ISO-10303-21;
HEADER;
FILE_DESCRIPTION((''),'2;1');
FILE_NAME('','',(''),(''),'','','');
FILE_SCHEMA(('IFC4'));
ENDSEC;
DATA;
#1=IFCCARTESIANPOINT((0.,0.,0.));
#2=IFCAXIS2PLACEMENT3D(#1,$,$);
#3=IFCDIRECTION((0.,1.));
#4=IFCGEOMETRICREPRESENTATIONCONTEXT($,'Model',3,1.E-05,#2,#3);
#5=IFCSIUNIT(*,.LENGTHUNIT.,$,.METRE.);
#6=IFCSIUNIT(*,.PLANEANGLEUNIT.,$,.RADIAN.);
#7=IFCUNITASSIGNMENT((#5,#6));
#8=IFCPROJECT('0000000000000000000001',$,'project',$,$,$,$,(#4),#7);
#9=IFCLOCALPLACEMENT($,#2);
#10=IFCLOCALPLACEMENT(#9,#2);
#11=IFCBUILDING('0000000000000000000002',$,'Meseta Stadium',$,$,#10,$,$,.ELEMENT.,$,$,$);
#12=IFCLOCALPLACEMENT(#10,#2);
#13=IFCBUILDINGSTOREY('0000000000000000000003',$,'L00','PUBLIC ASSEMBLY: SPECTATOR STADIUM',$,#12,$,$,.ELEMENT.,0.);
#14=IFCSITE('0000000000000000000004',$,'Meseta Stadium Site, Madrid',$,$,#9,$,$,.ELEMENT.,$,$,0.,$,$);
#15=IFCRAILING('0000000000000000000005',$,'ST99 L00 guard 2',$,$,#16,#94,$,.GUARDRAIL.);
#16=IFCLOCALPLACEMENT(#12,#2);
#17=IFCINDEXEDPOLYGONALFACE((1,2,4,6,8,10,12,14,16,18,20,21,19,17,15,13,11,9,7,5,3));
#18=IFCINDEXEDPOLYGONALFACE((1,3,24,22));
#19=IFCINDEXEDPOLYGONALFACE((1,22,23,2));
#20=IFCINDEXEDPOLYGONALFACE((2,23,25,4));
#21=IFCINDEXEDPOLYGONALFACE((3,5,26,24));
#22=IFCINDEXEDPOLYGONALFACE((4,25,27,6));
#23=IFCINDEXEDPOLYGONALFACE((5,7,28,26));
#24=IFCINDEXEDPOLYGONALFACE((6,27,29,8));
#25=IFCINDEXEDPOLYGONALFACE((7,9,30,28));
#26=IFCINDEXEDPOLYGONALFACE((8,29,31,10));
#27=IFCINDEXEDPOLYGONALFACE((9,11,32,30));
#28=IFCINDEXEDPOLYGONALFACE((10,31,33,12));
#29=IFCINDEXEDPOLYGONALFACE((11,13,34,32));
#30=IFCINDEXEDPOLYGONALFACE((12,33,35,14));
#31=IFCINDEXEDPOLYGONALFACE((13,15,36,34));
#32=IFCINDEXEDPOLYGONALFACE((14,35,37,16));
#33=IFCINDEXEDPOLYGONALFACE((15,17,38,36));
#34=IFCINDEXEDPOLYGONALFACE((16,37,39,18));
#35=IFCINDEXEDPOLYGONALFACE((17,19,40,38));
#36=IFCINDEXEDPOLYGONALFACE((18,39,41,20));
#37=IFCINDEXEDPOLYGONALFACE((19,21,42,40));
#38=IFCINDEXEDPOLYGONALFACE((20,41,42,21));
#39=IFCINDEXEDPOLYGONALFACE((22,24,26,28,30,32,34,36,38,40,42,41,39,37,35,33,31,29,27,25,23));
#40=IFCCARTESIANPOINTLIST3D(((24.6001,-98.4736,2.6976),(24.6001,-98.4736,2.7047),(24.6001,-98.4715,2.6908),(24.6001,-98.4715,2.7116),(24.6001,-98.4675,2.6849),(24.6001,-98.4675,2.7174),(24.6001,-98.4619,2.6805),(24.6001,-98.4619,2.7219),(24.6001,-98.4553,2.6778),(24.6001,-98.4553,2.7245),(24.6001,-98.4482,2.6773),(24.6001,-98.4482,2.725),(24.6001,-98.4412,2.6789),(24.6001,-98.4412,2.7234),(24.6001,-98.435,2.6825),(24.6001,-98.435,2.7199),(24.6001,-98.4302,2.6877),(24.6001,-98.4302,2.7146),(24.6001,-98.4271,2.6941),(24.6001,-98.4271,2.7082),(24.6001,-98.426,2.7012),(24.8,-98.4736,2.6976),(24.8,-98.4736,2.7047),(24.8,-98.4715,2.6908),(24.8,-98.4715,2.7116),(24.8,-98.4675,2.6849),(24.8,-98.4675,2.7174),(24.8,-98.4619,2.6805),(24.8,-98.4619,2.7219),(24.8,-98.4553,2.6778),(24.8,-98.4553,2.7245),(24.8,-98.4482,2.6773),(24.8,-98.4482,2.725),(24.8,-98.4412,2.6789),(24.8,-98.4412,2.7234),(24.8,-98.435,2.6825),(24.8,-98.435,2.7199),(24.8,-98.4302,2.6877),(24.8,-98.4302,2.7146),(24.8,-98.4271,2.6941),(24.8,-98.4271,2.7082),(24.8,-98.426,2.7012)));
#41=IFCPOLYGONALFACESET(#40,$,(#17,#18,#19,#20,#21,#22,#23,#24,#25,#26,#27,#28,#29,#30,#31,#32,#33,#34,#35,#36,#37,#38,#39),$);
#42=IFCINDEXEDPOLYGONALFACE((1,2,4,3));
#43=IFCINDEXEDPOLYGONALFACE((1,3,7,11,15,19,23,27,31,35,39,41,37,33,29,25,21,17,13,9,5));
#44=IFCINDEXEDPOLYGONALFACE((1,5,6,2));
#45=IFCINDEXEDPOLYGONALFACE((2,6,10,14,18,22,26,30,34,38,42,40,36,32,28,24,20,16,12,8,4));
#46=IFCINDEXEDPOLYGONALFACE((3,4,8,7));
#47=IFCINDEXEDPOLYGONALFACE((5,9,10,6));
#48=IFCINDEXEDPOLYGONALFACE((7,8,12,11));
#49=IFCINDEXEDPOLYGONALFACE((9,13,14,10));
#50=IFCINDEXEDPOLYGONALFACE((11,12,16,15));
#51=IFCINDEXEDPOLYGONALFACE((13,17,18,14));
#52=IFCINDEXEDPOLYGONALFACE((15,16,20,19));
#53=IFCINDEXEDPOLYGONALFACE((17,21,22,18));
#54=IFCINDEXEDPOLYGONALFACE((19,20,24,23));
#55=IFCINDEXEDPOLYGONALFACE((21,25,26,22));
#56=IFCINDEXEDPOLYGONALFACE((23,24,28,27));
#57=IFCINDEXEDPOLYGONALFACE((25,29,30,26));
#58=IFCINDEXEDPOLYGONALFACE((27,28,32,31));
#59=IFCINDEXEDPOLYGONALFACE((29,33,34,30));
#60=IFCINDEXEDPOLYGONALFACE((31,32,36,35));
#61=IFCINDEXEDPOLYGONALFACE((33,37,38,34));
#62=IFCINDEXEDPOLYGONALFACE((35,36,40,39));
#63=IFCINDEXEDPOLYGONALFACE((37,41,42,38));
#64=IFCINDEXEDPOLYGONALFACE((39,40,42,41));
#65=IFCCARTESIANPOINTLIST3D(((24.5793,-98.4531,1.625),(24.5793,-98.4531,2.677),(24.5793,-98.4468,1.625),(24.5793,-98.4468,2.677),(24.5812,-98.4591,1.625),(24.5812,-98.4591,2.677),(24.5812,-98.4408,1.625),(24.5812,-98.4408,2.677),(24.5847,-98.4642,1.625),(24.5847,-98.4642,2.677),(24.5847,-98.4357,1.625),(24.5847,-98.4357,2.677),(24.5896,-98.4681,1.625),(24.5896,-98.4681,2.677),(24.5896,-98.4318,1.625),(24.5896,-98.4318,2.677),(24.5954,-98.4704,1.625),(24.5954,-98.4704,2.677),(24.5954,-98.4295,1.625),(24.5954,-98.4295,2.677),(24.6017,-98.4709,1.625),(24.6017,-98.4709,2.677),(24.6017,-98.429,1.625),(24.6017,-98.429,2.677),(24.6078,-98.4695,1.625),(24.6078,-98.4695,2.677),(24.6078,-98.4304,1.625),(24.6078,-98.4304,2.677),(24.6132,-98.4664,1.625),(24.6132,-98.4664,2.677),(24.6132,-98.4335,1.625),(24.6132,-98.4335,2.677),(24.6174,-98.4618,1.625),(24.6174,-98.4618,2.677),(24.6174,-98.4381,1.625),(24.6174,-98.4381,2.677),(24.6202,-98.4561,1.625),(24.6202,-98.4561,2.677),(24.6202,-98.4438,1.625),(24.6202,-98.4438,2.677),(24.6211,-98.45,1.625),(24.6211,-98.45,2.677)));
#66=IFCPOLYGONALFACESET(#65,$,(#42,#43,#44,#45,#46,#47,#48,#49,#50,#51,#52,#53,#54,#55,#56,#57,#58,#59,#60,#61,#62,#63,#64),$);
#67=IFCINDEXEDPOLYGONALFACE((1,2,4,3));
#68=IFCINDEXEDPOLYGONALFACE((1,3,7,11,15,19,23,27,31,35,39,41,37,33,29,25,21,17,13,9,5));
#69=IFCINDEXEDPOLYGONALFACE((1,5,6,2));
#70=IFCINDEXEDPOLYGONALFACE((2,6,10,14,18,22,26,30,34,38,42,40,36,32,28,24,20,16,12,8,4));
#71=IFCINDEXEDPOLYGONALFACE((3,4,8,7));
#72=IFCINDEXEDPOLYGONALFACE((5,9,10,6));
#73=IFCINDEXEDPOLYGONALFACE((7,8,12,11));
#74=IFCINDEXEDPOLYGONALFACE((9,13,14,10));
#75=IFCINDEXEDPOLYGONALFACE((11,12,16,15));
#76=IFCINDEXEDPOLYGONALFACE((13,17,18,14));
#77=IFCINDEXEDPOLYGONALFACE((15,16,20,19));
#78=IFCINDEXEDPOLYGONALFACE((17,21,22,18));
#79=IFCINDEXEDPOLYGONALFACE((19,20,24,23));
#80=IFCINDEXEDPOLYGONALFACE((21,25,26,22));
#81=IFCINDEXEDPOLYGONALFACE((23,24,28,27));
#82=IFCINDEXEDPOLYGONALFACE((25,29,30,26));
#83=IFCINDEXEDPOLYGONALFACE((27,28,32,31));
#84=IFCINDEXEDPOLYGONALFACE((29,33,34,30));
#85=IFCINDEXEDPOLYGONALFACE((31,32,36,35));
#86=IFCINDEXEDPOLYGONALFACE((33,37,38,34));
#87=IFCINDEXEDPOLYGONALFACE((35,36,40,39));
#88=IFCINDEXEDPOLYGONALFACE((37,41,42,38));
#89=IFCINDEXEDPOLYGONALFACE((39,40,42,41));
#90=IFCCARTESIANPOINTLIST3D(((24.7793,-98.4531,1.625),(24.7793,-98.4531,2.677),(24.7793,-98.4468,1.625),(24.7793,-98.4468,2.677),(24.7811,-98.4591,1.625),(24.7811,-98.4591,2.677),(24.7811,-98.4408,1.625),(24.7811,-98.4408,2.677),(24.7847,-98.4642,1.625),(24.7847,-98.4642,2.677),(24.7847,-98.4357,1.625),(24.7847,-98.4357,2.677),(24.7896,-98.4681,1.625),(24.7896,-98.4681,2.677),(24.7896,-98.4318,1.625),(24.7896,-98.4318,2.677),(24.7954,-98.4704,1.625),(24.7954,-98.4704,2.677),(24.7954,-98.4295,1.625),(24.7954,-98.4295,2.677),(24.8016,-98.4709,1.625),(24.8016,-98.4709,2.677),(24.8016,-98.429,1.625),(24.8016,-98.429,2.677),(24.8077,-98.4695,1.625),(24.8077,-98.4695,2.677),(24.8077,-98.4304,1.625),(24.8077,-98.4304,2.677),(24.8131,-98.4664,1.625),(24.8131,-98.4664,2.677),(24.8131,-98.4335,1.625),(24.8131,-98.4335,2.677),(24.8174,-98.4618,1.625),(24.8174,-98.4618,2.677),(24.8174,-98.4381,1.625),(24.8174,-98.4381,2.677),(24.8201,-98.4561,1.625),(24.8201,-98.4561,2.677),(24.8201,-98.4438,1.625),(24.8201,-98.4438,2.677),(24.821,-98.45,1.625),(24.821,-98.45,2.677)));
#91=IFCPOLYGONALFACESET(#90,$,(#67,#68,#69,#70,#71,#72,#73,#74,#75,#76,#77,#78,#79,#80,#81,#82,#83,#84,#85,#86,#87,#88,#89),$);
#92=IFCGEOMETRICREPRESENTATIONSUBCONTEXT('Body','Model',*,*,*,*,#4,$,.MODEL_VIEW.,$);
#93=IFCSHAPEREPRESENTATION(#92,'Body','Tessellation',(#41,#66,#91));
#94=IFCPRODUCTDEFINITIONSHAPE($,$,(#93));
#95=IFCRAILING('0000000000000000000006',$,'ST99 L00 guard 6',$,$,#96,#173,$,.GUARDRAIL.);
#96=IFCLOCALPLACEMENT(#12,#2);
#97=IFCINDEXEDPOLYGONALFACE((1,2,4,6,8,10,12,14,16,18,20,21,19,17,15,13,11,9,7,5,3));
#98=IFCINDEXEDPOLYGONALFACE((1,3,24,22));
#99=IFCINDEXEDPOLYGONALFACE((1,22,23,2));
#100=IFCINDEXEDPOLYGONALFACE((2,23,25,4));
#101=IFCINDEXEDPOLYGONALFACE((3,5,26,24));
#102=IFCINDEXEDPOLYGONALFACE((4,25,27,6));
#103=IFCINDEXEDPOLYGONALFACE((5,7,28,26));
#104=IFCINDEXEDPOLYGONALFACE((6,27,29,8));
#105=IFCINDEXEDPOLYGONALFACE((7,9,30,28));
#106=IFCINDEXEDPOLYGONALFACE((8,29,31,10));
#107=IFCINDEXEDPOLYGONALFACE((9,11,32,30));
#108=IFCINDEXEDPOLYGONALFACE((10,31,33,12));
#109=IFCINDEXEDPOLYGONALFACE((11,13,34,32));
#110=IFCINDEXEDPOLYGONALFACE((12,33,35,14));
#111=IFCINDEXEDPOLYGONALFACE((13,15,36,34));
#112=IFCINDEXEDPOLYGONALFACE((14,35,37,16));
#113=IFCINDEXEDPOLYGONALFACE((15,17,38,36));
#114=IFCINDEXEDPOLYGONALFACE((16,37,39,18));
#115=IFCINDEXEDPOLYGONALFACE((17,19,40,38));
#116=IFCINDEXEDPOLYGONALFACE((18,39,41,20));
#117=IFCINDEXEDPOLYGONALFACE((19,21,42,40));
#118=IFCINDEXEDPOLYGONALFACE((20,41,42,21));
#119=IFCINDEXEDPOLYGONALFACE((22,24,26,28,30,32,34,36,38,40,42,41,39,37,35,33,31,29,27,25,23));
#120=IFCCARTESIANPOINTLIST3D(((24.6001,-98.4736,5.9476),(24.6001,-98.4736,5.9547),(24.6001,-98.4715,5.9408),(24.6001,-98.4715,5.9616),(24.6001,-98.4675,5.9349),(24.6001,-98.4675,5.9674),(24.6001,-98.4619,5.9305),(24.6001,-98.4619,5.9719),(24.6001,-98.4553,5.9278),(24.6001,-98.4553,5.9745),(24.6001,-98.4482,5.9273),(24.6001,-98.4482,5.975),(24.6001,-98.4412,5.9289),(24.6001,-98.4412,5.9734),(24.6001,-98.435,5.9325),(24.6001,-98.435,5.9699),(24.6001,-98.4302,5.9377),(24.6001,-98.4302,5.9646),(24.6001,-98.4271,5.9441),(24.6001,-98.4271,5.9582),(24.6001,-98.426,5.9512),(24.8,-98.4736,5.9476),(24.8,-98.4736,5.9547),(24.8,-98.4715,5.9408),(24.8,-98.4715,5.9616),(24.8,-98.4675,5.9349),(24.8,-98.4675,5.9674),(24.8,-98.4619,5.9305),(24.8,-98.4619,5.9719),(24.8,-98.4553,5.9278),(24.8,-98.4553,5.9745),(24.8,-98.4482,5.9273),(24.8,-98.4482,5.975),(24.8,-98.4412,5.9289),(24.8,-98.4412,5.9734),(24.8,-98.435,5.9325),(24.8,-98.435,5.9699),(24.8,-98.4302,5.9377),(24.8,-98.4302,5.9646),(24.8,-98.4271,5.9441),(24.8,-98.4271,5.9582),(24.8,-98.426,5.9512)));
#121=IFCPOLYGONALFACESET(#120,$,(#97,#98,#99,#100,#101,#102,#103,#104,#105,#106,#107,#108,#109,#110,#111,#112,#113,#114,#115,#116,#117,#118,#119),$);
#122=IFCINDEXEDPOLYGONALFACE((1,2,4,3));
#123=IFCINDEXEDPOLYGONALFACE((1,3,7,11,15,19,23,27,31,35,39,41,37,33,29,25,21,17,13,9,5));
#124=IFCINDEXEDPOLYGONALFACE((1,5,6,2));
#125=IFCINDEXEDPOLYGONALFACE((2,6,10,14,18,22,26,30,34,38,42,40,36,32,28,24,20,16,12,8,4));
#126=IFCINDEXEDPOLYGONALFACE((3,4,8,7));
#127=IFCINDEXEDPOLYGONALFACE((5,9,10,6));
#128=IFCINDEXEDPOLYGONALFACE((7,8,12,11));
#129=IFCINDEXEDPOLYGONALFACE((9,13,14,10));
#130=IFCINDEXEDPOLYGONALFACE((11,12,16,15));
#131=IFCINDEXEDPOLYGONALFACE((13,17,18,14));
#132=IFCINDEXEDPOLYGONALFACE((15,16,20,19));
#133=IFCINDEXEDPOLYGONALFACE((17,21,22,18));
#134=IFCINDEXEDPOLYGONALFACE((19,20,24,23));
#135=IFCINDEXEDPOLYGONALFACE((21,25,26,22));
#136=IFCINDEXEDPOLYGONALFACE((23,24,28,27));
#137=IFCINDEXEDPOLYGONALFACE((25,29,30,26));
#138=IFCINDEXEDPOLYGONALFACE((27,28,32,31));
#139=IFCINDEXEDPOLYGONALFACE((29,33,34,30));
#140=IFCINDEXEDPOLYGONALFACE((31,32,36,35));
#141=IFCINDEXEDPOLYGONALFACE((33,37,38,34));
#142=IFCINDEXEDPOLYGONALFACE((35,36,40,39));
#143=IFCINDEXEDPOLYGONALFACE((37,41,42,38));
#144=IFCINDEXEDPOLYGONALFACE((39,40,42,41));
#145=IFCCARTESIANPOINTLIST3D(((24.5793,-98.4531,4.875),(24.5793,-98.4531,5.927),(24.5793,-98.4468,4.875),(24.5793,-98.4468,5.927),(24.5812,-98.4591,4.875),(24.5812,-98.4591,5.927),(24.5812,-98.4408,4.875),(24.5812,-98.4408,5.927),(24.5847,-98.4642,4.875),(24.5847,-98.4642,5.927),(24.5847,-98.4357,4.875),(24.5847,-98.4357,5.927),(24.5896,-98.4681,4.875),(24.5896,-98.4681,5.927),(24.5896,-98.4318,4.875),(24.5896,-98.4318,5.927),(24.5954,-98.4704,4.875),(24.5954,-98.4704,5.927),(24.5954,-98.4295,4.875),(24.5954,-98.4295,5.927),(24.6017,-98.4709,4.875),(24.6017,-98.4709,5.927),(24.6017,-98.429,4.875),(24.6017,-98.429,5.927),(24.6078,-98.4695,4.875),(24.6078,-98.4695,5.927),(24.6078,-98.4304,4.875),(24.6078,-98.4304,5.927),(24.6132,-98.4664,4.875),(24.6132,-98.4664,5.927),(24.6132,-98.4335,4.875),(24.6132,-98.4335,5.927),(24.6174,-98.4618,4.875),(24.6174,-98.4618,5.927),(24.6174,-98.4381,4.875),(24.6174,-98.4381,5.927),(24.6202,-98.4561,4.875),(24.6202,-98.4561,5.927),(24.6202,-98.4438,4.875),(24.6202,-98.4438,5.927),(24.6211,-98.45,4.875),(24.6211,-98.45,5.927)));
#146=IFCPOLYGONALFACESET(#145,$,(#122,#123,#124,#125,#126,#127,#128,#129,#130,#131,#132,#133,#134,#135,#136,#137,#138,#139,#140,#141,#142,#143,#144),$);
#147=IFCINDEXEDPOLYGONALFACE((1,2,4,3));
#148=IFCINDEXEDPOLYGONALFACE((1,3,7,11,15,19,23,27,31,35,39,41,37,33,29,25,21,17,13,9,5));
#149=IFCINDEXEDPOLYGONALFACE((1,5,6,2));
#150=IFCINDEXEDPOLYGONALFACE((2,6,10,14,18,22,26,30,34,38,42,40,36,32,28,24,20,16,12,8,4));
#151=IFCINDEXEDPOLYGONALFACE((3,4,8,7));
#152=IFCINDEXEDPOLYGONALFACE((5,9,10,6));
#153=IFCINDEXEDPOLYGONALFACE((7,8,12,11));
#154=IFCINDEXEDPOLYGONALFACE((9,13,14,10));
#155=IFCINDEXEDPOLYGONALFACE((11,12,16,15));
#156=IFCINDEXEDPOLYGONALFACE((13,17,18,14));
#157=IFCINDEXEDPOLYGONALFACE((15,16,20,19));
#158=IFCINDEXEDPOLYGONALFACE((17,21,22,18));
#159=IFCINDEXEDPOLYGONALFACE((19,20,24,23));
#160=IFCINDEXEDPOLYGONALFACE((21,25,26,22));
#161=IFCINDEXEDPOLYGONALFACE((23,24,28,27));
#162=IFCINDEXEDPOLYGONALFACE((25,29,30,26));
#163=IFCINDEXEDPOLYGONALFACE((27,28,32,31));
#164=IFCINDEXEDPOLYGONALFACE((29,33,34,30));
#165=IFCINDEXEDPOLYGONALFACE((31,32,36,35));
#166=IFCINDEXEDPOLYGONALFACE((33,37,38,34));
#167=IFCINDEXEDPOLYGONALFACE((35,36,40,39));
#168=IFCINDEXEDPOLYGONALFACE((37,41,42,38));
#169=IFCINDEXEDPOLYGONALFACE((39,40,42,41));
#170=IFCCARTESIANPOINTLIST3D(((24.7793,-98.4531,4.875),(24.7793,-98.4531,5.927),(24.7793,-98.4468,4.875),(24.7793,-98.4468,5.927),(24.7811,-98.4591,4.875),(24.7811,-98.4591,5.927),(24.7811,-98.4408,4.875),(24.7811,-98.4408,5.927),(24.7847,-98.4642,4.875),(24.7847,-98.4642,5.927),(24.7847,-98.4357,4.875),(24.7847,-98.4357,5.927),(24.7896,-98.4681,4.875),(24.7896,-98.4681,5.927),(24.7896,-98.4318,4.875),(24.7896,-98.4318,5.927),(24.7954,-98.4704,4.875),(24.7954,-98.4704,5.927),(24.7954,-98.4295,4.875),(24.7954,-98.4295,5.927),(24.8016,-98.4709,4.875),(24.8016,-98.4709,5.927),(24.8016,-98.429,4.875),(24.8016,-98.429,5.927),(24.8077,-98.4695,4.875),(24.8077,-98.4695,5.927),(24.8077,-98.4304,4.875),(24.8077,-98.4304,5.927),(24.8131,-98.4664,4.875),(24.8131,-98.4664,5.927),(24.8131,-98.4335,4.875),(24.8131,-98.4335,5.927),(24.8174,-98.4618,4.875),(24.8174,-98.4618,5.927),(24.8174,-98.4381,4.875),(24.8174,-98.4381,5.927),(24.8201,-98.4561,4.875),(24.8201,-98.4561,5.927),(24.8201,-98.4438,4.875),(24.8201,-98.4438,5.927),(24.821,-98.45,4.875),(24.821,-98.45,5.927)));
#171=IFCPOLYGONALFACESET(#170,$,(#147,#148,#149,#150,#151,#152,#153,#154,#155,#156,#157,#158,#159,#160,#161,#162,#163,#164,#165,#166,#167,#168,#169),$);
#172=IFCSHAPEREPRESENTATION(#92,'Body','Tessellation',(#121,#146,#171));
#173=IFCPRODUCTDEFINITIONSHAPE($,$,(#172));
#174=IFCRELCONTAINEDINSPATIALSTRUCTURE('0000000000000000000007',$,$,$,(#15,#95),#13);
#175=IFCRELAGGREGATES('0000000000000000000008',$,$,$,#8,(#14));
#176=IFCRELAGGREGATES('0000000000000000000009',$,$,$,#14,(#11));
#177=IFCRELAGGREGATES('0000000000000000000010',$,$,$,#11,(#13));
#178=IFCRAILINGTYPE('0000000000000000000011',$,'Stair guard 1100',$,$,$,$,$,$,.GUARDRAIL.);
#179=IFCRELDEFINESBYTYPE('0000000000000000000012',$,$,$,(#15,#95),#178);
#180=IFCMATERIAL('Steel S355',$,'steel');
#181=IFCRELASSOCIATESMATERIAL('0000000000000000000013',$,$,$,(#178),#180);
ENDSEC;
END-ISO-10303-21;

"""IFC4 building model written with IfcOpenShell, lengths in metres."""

from ifc_helpers import new_model, si_unit, direction, frame, origin, origin_2d, place, context, subcontext, project, spatial, circle, extrude, material, type_object, element, save


model = new_model("IFC4")

# Units and contexts
model_context = context("Model", 3, precision=1e-05, world=origin(), true_north=direction((0.0, 1.0)))
body_context = subcontext(model_context, "Body", "Model", "MODEL_VIEW")
ifc_project = project(units=[si_unit("LENGTHUNIT", "METRE"), si_unit("PLANEANGLEUNIT", "RADIAN")], contexts=[model_context])

# Site, building, storey
site_placement = place(None, origin())
site = spatial("IfcSite", under=ifc_project, at=site_placement, Name="Meseta Stadium Site, Madrid", CompositionType="ELEMENT", RefElevation=0.0)
building_placement = place(site_placement, origin())
building = spatial("IfcBuilding", under=site, at=building_placement, Name="Meseta Stadium", CompositionType="ELEMENT")
storey_placement = place(building_placement, origin())
storey = spatial("IfcBuildingStorey", under=building, at=storey_placement, Name="L00", Description="PUBLIC ASSEMBLY: SPECTATOR STADIUM", CompositionType="ELEMENT", Elevation=0.0)

# Railings
ifc_material_1 = material(Name="Steel S355", Category="steel")
railing_type = type_object("IfcRailingType", Name="Stair guard 1100", PredefinedType="GUARDRAIL", material=ifc_material_1)
for number, where, name in (
    (1, (24.6001, -98.45, 1.625), "ST99 L00 guard 2"),
    (2, (24.6001, -98.45, 4.875), "ST99 L00 guard 6"),
):
    element("IfcRailing", number, at=place(storey_placement, frame(where)), inside=storey, type_object=railing_type, Name=name, PredefinedType="GUARDRAIL", context=body_context, shape_type="SweptSolid", body=[
        extrude(circle(Radius=0.0239, at=origin_2d()), frame((0.0, 0.0, 1.0762), z_axis=(1.0, 0.0, 0.0), x_axis=(0.0, 1.0, 0.0)), (0.0, 0.0, 1.0), 0.2),
        extrude(circle(Radius=0.021, at=origin_2d()), origin(), (0.0, 0.0, 1.0), 1.052),
        extrude(circle(Radius=0.021, at=origin_2d()), frame((0.2, 0.0, 0.0)), (0.0, 0.0, 1.0), 1.052),
    ])

save(model, "model.ifc")
